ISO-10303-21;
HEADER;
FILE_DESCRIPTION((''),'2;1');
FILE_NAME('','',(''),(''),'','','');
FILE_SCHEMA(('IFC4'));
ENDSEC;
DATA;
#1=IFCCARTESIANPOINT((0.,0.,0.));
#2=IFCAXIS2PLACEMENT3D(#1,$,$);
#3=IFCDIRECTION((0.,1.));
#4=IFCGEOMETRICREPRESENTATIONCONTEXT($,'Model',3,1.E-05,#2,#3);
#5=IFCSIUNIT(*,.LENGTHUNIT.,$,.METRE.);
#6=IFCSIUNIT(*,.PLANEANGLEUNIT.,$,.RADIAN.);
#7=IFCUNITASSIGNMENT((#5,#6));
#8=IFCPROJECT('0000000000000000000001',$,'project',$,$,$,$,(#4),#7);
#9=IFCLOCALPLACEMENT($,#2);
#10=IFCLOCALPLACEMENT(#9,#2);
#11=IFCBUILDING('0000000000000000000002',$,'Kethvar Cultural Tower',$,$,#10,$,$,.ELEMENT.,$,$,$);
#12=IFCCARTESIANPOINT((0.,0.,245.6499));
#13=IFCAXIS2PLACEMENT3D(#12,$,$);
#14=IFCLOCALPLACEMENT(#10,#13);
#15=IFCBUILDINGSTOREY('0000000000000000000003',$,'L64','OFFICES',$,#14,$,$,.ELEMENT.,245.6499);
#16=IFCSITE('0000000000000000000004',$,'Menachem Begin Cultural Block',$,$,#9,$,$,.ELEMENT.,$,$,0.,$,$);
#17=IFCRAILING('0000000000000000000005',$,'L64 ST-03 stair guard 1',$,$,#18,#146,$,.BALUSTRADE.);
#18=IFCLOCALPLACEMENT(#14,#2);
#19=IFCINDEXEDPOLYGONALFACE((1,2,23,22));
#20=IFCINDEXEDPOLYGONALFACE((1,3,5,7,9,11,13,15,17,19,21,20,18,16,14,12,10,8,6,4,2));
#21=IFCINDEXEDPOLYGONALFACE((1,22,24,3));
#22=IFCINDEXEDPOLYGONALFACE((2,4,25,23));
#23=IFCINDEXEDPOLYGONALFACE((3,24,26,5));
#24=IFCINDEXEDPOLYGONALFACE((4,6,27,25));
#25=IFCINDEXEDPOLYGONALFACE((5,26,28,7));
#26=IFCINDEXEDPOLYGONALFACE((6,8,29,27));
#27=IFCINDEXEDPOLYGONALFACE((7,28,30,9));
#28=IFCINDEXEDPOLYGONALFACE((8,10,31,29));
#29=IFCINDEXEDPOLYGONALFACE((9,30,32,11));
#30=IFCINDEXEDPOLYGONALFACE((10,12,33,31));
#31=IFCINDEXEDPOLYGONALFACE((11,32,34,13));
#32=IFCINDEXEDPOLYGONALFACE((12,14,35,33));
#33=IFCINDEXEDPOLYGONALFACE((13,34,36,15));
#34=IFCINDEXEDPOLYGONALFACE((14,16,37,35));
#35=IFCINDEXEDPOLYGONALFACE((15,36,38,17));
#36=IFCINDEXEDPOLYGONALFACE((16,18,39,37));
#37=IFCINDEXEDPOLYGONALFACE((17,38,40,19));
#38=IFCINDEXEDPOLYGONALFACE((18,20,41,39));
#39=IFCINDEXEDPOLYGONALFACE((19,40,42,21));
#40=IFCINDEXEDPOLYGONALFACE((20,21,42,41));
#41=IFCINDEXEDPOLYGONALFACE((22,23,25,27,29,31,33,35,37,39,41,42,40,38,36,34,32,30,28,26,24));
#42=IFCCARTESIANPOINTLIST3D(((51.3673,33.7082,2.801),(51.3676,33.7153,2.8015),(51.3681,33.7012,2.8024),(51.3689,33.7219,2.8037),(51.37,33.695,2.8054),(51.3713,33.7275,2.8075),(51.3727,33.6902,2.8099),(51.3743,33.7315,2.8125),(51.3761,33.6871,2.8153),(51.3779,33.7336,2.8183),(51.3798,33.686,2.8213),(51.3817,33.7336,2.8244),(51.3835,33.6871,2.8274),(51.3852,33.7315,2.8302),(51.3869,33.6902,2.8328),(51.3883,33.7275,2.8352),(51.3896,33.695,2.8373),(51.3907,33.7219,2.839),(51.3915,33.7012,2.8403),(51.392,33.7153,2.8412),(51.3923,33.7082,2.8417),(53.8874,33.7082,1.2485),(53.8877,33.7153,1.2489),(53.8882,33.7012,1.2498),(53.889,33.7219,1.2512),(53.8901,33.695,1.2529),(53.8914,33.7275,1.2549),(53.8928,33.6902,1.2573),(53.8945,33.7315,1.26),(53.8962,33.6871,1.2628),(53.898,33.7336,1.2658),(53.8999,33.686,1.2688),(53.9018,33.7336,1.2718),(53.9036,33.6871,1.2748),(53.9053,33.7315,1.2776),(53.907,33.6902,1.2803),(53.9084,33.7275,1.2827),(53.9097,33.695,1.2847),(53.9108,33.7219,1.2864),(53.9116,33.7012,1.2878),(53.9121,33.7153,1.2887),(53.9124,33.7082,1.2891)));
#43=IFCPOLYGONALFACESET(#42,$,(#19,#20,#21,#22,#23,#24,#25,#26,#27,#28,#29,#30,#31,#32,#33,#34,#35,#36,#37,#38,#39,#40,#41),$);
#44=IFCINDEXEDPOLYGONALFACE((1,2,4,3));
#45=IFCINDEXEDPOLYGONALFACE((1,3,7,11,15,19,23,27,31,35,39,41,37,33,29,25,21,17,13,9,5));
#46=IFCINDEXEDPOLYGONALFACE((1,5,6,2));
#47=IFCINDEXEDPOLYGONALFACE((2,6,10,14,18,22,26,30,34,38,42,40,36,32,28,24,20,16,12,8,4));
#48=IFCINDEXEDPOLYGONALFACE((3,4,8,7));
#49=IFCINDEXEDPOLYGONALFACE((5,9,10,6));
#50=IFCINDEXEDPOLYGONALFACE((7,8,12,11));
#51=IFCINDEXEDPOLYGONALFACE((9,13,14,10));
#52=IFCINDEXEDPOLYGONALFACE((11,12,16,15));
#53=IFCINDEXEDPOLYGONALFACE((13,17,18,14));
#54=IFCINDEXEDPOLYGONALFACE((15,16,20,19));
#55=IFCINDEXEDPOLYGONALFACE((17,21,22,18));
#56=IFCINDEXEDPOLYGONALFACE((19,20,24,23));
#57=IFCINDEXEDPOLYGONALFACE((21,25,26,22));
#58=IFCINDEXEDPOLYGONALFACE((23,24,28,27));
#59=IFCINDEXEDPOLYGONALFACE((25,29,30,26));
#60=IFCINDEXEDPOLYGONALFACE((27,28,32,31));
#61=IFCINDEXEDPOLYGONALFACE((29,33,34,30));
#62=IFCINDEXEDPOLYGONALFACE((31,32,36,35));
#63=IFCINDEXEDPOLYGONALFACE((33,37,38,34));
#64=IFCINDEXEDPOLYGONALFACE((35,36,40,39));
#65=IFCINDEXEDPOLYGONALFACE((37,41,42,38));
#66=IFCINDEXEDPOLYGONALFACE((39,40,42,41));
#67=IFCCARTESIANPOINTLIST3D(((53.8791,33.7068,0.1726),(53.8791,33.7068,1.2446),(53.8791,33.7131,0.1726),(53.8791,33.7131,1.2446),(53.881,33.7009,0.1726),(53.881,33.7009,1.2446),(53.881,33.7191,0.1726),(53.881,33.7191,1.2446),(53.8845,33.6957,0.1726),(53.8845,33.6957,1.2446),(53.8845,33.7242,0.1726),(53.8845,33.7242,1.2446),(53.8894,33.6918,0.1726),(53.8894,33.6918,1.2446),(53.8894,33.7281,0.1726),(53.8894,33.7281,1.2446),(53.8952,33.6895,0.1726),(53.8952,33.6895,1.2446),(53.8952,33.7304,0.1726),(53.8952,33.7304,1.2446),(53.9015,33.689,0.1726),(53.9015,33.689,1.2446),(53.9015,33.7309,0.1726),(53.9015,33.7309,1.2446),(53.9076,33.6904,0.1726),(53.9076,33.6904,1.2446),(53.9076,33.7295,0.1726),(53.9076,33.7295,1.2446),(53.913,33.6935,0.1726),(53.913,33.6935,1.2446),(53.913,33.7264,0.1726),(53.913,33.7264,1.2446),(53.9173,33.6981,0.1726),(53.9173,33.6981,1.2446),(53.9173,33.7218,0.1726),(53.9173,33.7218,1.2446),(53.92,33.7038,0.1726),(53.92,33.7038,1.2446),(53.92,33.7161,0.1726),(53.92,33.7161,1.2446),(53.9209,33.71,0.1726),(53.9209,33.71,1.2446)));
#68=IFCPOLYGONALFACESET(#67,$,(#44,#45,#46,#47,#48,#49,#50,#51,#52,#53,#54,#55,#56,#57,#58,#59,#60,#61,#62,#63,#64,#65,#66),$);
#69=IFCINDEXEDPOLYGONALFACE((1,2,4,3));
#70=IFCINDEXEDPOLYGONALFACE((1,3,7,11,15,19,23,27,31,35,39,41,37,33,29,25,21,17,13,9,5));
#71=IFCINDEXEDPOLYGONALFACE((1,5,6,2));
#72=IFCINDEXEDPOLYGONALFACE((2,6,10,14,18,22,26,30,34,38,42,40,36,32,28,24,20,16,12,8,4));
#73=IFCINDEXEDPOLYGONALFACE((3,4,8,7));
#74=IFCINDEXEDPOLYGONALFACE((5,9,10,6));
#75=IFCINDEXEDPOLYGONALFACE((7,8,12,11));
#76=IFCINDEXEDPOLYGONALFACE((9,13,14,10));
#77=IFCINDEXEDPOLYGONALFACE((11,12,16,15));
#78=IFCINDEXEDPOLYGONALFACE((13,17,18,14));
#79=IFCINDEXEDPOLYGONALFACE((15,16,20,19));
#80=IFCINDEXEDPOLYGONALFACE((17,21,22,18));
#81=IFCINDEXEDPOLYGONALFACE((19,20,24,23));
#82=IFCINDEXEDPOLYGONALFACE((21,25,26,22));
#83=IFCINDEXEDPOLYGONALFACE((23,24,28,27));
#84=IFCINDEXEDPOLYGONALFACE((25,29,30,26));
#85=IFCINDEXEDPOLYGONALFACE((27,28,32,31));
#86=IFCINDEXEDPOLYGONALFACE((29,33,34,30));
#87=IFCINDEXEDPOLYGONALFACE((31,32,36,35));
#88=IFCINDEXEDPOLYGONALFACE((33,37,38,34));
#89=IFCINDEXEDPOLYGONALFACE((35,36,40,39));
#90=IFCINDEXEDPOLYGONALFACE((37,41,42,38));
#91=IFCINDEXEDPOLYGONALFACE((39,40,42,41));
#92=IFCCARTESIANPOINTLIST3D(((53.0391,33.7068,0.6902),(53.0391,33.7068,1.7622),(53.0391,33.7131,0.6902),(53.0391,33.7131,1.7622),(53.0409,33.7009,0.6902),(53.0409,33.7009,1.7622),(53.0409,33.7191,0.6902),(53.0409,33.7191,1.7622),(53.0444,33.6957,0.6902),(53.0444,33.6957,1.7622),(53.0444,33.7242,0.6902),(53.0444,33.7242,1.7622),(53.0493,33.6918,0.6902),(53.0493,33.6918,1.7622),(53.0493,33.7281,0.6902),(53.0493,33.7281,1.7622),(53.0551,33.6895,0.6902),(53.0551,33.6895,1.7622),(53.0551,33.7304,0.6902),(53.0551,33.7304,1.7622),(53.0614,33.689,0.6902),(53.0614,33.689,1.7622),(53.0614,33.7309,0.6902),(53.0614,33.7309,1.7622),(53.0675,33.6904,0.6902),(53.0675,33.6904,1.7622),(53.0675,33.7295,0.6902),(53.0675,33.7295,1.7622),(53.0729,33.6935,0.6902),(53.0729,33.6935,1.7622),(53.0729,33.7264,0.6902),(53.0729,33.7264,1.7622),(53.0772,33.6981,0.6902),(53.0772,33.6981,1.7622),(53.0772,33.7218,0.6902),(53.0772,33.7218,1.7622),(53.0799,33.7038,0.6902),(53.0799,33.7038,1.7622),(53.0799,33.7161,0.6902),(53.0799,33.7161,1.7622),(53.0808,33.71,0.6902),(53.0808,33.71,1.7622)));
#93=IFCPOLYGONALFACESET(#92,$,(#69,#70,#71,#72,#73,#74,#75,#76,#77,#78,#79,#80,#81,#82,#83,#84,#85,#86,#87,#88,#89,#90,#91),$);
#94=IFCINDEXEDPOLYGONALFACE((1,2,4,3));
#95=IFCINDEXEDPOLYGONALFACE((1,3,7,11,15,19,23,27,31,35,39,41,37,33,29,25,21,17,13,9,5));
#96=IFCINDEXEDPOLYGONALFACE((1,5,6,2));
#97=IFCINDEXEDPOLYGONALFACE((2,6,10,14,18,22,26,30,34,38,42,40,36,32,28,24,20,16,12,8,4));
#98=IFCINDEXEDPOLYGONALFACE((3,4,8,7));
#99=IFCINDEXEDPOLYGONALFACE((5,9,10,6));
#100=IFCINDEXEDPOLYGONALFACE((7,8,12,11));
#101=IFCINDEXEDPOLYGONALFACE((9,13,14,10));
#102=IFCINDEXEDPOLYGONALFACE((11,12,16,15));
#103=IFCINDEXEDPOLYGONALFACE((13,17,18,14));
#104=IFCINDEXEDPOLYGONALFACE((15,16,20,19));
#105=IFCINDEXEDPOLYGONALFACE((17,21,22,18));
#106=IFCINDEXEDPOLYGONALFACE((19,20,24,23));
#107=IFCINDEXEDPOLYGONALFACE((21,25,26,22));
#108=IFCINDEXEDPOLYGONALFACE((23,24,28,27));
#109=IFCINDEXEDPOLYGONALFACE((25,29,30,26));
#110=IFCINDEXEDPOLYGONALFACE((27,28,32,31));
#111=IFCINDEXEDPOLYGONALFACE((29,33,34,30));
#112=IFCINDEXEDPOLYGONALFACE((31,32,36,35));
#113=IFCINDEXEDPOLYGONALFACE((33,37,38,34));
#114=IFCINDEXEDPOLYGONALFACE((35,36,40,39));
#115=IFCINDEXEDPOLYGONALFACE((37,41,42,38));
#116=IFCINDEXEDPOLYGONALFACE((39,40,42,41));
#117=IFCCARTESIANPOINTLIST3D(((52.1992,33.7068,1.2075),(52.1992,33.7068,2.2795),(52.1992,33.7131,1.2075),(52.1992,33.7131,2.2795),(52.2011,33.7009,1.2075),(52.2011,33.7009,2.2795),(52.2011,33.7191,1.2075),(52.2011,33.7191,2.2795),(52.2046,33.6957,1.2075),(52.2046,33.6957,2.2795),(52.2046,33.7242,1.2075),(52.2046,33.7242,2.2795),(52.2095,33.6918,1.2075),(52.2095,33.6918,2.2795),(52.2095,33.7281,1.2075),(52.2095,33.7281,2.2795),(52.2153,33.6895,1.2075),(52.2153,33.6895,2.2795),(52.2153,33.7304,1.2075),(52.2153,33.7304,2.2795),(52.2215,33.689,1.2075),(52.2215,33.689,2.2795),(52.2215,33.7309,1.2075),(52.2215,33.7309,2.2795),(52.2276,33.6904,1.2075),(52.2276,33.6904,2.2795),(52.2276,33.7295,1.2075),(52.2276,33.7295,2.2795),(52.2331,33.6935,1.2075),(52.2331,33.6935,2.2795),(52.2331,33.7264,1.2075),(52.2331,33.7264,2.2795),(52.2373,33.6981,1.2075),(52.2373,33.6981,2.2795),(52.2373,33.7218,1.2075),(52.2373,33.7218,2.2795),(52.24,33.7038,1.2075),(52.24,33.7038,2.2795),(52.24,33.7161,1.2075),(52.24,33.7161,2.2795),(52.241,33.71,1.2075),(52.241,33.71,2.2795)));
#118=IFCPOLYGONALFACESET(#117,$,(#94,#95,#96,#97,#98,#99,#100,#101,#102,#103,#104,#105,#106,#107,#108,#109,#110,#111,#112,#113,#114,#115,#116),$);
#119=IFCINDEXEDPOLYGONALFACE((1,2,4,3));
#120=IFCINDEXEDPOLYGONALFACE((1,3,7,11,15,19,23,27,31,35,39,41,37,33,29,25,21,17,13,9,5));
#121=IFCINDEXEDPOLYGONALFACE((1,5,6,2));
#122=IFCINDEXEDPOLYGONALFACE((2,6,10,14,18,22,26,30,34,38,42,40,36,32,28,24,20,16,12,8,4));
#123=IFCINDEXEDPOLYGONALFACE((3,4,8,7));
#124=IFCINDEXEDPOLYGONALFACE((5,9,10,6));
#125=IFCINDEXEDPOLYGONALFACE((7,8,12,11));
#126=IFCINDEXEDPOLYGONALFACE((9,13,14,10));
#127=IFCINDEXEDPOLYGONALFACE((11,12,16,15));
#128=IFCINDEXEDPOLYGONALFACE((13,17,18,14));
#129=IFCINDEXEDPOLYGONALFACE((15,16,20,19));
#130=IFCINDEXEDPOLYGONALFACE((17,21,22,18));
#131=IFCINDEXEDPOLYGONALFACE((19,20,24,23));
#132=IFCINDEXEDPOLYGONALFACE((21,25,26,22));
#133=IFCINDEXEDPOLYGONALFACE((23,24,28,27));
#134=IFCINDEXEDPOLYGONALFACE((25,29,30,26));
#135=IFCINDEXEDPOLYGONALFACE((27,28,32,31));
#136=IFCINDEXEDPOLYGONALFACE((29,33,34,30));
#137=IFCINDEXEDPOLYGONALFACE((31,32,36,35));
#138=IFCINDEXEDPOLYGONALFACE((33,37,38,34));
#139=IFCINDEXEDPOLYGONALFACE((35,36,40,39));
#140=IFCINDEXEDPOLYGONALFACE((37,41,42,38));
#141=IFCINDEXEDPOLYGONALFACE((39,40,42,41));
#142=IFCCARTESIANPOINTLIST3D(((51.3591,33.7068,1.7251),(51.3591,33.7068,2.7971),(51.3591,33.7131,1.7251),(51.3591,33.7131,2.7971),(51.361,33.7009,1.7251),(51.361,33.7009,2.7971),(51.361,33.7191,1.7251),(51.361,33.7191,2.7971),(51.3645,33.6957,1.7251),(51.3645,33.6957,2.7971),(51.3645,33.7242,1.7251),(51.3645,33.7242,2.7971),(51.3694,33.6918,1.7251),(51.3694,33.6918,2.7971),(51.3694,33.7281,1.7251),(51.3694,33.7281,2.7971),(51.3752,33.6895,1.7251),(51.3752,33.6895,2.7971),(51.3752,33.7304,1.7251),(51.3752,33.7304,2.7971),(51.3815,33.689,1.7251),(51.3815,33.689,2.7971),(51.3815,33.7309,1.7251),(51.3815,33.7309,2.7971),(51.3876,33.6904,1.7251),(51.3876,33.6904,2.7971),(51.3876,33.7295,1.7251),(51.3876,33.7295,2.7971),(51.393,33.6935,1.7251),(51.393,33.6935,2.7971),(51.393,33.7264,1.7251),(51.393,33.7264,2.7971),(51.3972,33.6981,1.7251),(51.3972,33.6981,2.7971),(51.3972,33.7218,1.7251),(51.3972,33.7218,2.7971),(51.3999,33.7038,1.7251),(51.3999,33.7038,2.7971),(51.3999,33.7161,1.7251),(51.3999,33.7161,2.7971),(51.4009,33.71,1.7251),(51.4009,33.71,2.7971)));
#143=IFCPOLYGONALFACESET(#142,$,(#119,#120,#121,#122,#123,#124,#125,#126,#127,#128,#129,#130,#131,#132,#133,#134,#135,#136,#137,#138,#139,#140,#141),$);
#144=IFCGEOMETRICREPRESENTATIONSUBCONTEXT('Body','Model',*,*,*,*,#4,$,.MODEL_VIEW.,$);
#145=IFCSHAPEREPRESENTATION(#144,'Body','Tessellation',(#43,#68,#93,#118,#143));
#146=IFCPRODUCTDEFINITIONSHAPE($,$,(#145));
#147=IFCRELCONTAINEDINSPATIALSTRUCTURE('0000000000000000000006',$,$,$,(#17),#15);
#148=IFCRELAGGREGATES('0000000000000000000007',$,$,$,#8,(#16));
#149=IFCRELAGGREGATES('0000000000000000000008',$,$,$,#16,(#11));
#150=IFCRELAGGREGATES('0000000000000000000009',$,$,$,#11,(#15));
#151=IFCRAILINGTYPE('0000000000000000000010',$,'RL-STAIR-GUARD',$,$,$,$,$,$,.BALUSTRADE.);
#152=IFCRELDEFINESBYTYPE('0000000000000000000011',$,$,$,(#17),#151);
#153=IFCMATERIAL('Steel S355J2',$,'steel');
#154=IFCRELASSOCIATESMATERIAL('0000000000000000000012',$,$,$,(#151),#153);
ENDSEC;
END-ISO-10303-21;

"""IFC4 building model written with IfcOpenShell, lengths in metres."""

from ifc_helpers import new_model, si_unit, direction, frame, origin, origin_2d, place, context, subcontext, project, spatial, circle, extrude, material, type_object, element, save


model = new_model("IFC4")

# Units and contexts
model_context = context("Model", 3, precision=1e-05, world=origin(), true_north=direction((0.0, 1.0)))
body_context = subcontext(model_context, "Body", "Model", "MODEL_VIEW")
ifc_project = project(units=[si_unit("LENGTHUNIT", "METRE"), si_unit("PLANEANGLEUNIT", "RADIAN")], contexts=[model_context])

# Site, building, storey
site_placement = place(None, origin())
site = spatial("IfcSite", under=ifc_project, at=site_placement, Name="Menachem Begin Cultural Block", CompositionType="ELEMENT", RefElevation=0.0)
building_placement = place(site_placement, origin())
building = spatial("IfcBuilding", under=site, at=building_placement, Name="Kethvar Cultural Tower", CompositionType="ELEMENT")
storey_placement = place(building_placement, frame((0.0, 0.0, 245.6499)))
storey = spatial("IfcBuildingStorey", under=building, at=storey_placement, Name="L64", Description="OFFICES", CompositionType="ELEMENT", Elevation=245.6499)

# Shared definitions
ifc_material_1 = material(Name="Steel S355J2", Category="steel")

# Railing
railing_type_1 = type_object("IfcRailingType", Name="RL-STAIR-GUARD", PredefinedType="BALUSTRADE", material=ifc_material_1)
railing_1_placement = place(storey_placement, frame((53.8999, 33.71, 0.1726)))
element("IfcRailing", 1, at=railing_1_placement, inside=storey, type_object=railing_type_1, Name="L64 ST-03 stair guard 1", PredefinedType="BALUSTRADE", context=body_context, shape_type="SweptSolid", body=[
    extrude(circle(Radius=0.0239, at=origin_2d()), frame((0.0, 0.0, 1.0962), z_axis=(-0.8514, 0.0, 0.524516), x_axis=(0.0, -1.0, 0.0)), (0.0, 0.0, 1.0), 2.96),
    extrude(circle(Radius=0.021, at=origin_2d()), origin(), (0.0, 0.0, 1.0), 1.072),
    extrude(circle(Radius=0.021, at=origin_2d()), frame((-0.8401, 0.0, 0.5176)), (0.0, 0.0, 1.0), 1.072),
    extrude(circle(Radius=0.021, at=origin_2d()), frame((-1.6799, 0.0, 1.0349)), (0.0, 0.0, 1.0), 1.072),
    extrude(circle(Radius=0.021, at=origin_2d()), frame((-2.52, 0.0, 1.5525)), (0.0, 0.0, 1.0), 1.072),
])

save(model, "model.ifc")
